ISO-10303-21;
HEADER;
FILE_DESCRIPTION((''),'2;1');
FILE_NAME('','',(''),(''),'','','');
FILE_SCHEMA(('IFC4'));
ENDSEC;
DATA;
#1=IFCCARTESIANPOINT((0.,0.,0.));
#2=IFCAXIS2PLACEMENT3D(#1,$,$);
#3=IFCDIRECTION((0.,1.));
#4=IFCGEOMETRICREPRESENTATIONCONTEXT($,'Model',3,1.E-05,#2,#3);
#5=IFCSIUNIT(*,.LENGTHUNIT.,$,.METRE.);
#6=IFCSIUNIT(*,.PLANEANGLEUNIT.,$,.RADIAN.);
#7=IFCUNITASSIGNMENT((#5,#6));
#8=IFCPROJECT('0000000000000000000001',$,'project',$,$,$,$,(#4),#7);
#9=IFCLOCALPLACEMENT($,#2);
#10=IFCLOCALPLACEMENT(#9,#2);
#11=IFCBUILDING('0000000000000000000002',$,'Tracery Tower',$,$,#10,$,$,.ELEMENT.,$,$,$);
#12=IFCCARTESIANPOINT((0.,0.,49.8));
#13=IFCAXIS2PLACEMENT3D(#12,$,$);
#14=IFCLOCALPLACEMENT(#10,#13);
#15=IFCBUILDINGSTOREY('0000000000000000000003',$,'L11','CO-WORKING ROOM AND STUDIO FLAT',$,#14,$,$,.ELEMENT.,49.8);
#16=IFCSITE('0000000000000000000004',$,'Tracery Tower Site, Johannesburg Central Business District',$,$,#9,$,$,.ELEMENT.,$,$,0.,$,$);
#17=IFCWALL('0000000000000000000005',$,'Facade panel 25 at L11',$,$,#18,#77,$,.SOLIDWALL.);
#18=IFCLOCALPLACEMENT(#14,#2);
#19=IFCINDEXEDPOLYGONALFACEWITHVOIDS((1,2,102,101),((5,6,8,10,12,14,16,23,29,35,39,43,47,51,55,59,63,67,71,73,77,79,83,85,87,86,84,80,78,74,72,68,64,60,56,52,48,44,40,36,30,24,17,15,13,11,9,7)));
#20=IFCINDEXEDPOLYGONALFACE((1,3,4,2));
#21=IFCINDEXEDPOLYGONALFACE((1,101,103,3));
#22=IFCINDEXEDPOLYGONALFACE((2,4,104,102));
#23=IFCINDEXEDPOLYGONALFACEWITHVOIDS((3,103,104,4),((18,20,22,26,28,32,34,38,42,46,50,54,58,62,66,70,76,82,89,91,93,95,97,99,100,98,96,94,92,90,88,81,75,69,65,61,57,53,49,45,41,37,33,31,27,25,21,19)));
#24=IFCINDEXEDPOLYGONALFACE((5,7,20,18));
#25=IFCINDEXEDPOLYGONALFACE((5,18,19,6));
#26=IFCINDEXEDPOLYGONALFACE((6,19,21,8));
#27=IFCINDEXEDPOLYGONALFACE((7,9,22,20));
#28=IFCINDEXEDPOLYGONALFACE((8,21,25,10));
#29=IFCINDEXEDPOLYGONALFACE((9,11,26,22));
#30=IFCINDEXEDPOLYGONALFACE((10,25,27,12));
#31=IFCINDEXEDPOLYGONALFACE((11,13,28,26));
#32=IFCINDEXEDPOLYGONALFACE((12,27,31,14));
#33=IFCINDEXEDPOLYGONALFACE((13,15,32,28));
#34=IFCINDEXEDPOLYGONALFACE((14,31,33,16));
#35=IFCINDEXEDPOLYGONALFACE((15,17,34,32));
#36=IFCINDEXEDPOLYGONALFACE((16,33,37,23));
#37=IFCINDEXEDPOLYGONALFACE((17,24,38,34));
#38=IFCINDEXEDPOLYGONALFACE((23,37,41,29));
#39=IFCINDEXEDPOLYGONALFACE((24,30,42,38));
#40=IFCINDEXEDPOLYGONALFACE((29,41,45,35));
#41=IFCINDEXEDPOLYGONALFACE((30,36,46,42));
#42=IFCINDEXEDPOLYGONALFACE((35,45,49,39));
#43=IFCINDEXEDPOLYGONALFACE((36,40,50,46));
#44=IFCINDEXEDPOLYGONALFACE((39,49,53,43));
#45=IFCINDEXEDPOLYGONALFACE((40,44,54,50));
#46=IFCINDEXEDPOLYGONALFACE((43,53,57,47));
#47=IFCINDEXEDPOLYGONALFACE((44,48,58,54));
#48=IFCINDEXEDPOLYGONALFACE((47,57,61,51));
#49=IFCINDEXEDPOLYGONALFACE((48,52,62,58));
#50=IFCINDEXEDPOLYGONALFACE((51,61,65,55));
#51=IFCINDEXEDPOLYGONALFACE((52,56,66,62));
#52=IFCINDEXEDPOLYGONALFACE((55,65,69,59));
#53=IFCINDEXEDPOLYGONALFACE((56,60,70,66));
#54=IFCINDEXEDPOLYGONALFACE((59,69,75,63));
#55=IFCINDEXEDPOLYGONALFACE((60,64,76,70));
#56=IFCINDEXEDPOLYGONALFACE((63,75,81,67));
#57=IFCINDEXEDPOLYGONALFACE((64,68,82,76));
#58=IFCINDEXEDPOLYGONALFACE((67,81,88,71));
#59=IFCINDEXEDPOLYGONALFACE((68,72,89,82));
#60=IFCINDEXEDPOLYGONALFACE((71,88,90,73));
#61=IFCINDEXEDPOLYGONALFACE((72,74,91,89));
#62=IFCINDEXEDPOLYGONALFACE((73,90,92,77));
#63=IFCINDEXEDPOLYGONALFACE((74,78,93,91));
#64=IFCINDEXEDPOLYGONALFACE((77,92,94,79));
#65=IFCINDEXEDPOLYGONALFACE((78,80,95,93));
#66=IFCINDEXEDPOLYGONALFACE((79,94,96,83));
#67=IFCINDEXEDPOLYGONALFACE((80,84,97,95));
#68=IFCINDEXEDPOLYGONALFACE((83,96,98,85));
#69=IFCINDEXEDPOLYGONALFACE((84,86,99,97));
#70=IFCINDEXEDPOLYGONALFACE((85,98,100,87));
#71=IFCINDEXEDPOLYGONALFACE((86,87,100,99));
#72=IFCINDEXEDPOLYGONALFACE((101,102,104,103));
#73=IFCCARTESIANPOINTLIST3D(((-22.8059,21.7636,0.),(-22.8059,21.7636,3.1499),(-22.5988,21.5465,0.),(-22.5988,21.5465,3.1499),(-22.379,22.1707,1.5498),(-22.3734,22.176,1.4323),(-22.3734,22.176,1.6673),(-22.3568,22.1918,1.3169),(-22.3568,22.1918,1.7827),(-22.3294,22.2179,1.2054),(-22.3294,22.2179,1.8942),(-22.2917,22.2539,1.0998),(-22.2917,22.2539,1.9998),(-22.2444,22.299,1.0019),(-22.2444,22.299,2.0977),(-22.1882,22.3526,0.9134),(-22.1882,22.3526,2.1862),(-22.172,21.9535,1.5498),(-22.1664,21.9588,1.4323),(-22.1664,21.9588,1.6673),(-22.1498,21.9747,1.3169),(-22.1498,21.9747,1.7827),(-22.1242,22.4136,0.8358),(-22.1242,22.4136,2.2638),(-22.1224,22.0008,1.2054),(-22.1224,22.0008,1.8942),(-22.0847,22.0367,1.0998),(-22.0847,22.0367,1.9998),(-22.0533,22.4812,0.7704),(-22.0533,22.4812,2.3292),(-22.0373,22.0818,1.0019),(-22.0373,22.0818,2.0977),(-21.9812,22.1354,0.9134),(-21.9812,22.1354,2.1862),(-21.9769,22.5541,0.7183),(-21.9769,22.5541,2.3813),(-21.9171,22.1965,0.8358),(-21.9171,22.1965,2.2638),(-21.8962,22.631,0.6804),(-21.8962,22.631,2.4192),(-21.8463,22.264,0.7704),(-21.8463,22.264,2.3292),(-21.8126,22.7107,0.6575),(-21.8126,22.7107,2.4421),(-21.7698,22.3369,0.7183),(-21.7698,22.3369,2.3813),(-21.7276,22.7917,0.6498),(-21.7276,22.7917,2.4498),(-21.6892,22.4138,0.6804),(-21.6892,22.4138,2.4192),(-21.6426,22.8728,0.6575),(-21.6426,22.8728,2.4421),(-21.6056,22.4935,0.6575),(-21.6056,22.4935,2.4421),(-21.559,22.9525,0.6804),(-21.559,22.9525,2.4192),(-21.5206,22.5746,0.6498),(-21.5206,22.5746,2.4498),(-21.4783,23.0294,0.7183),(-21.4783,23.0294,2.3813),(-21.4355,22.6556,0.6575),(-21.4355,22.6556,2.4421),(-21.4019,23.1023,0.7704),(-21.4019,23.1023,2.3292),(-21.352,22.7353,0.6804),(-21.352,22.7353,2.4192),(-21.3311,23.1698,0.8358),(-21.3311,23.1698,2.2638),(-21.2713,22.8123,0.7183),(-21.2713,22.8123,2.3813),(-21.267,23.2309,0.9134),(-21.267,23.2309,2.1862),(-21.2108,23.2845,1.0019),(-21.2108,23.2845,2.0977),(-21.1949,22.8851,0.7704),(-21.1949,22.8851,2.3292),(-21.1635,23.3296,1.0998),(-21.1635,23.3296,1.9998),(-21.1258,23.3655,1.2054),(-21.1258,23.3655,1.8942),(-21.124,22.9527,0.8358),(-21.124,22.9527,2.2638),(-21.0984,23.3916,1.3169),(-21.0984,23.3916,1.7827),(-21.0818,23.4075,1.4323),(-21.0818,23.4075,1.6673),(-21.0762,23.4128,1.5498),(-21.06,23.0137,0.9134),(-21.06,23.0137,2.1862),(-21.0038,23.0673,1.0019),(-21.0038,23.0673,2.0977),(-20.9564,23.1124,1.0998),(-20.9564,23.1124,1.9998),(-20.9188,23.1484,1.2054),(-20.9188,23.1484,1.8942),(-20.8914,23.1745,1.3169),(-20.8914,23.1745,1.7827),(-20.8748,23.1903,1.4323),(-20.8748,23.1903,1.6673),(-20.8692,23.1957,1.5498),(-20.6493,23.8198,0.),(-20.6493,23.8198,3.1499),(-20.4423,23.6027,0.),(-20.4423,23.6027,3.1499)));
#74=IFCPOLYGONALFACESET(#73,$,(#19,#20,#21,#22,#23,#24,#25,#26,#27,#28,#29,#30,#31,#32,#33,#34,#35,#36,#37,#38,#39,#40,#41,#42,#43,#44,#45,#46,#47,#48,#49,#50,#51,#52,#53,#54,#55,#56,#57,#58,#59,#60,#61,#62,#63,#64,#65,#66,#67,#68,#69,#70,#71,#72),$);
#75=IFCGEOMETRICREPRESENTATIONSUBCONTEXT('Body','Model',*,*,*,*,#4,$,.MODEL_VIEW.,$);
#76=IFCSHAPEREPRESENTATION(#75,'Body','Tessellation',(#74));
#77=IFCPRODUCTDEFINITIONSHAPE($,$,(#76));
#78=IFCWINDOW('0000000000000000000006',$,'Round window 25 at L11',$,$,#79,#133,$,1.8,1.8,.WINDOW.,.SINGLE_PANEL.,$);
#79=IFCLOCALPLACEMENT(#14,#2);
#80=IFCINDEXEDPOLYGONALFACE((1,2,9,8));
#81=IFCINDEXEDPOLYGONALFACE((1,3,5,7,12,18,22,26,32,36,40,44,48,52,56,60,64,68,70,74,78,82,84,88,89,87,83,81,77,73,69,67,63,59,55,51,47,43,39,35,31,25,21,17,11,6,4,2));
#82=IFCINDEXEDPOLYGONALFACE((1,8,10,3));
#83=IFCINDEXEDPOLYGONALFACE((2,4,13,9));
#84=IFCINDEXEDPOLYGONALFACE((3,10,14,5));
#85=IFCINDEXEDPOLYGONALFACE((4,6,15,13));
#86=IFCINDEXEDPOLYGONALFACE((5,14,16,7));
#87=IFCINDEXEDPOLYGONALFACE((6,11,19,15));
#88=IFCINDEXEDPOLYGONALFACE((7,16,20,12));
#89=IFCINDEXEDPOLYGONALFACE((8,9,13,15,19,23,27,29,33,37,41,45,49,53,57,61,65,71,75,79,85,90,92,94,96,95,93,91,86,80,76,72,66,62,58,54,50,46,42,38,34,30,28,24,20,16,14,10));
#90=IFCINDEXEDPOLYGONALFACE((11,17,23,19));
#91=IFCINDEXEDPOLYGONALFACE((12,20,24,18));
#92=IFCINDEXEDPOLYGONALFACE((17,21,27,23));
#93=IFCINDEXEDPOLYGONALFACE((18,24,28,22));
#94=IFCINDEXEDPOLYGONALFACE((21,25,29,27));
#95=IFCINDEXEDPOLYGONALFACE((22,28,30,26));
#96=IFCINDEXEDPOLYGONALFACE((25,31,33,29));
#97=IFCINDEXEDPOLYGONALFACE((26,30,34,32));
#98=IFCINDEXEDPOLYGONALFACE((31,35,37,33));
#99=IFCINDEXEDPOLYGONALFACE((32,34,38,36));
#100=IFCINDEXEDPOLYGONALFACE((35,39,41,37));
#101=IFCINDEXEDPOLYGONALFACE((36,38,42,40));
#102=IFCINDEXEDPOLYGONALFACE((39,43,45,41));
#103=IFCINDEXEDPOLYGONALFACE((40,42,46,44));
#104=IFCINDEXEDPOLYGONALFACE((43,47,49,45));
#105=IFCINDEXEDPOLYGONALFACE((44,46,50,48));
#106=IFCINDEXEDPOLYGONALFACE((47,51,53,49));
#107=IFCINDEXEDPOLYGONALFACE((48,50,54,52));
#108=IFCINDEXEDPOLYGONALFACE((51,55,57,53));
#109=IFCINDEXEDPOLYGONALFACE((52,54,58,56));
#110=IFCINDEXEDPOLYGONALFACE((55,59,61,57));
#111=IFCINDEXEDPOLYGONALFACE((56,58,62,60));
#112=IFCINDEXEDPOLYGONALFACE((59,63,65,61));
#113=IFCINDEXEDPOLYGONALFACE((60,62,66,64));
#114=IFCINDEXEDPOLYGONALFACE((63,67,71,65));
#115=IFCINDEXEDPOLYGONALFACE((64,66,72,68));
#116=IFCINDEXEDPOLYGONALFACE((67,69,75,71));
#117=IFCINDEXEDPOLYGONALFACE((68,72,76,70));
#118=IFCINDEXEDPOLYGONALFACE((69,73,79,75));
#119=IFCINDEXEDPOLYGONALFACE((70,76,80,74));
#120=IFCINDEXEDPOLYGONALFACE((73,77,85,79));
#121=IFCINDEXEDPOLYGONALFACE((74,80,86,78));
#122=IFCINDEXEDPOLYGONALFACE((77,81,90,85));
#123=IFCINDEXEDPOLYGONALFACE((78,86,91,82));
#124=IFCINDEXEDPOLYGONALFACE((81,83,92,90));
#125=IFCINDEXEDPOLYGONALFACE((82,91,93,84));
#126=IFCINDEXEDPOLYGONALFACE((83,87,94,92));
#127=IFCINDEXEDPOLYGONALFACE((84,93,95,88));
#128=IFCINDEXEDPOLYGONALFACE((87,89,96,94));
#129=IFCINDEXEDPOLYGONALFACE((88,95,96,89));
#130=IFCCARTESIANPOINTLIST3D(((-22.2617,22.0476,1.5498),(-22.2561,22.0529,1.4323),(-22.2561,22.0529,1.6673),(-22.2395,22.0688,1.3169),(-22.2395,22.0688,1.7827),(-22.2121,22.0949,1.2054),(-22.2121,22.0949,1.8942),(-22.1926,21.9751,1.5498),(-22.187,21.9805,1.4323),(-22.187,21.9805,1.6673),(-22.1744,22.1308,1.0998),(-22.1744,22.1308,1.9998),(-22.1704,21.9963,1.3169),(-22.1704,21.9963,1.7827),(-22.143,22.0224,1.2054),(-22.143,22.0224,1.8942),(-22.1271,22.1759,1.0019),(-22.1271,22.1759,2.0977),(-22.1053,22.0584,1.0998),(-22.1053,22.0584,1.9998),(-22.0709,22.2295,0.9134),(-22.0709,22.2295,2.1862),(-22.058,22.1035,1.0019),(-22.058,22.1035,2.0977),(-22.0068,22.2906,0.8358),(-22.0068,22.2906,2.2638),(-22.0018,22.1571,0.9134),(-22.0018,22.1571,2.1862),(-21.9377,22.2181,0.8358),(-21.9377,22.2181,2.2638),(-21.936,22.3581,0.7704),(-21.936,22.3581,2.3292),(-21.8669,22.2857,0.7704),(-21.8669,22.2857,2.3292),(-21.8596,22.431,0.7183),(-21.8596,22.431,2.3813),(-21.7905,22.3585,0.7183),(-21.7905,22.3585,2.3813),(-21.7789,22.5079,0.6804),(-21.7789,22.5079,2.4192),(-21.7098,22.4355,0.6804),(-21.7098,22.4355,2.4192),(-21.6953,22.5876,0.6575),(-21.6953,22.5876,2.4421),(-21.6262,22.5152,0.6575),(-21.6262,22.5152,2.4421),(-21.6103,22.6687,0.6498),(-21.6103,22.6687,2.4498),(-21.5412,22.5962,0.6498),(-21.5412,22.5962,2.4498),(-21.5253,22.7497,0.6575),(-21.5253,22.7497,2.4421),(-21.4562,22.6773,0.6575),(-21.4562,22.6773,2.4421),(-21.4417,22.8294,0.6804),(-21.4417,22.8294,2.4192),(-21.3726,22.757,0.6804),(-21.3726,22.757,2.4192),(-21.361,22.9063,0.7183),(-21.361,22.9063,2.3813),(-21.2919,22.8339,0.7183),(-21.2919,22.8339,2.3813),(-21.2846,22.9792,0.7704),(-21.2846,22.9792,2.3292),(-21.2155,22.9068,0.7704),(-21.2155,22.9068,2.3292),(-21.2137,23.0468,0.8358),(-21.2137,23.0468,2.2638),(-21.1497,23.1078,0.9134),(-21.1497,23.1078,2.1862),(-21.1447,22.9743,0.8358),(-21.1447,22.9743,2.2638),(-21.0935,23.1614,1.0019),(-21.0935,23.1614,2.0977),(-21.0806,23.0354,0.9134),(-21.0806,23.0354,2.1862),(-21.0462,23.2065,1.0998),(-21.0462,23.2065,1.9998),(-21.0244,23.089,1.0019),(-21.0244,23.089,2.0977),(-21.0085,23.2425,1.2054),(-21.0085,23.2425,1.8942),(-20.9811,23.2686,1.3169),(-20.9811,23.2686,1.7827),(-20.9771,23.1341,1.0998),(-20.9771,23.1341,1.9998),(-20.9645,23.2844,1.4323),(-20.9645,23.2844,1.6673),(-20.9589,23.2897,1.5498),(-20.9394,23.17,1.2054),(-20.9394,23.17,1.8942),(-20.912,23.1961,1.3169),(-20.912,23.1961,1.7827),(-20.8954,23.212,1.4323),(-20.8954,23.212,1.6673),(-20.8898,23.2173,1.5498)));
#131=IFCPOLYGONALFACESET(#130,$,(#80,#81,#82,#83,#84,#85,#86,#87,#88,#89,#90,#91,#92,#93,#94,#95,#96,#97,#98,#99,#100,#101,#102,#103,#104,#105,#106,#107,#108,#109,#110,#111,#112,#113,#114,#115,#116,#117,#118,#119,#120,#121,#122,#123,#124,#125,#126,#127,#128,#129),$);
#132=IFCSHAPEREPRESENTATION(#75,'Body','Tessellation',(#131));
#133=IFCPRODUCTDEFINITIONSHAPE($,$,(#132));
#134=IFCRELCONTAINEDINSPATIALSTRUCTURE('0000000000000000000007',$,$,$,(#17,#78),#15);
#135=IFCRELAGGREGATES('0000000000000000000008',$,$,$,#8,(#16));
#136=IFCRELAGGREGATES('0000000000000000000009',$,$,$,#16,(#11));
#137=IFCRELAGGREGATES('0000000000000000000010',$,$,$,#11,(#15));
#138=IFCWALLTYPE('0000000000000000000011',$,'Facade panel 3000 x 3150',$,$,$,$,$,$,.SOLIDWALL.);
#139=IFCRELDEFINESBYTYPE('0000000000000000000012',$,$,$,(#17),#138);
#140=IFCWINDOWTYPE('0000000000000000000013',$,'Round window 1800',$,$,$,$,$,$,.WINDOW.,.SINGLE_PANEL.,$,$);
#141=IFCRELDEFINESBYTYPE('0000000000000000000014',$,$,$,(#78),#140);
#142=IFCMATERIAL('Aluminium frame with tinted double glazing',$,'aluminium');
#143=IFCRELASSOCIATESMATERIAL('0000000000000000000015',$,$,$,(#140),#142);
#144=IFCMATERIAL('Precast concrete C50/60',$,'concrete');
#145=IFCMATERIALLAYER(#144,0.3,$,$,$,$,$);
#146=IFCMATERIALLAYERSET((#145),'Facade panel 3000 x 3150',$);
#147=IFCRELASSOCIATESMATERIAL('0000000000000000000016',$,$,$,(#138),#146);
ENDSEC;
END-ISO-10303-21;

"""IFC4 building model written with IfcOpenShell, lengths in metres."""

from ifc_helpers import new_model, si_unit, direction, frame, frame_2d, origin, origin_2d, place, context, subcontext, project, spatial, rectangle, circle, extrude, material, layer, layer_set, type_object, element, fill, save


model = new_model("IFC4")

# Units and contexts
model_context = context("Model", 3, precision=1e-05, world=origin(), true_north=direction((0.0, 1.0)))
body_context = subcontext(model_context, "Body", "Model", "MODEL_VIEW")
ifc_project = project(units=[si_unit("LENGTHUNIT", "METRE"), si_unit("PLANEANGLEUNIT", "RADIAN")], contexts=[model_context])

# Site, building, storey
site_placement = place(None, origin())
site = spatial("IfcSite", under=ifc_project, at=site_placement, Name="Tracery Tower Site, Johannesburg Central Business District", CompositionType="ELEMENT", RefElevation=0.0)
building_placement = place(site_placement, origin())
building = spatial("IfcBuilding", under=site, at=building_placement, Name="Tracery Tower", CompositionType="ELEMENT")
storey_placement = place(building_placement, frame((0.0, 0.0, 49.8)))
storey = spatial("IfcBuildingStorey", under=building, at=storey_placement, Name="L11", Description="CO-WORKING ROOM AND STUDIO FLAT", CompositionType="ELEMENT", Elevation=49.8)

# Wall, opening, window
ifc_material_1 = material(Name="Aluminium frame with tinted double glazing", Category="aluminium")
window_type = type_object("IfcWindowType", Name="Round window 1800", PartitioningType="SINGLE_PANEL", PredefinedType="WINDOW", material=ifc_material_1)
ifc_material_2 = material(Name="Precast concrete C50/60", Category="concrete")
ifc_layer_1 = layer(ifc_material_2, 0.3)
ifc_layer_set_1 = layer_set([ifc_layer_1], Name="Facade panel 3000 x 3150")
wall_type_1 = type_object("IfcWallType", Name="Facade panel 3000 x 3150", PredefinedType="SOLIDWALL", material=ifc_layer_set_1)
wall_1_placement = place(storey_placement, frame((-20.5459, 23.7112, 0.0), z_axis=(0.0, 0.0, 1.0), x_axis=(-0.723744, -0.690068, 0.0)))
wall_1 = element("IfcWall", 1, at=wall_1_placement, inside=storey, type_object=wall_type_1, Name="Facade panel 25 at L11", PredefinedType="SOLIDWALL", context=body_context, shape_type="SweptSolid", body=[
    extrude(rectangle(XDim=2.9797, YDim=0.3, at=frame_2d((1.4897, 0.0))), origin(), (0.0, 0.0, 1.0), 3.1499),
])
opening_1_placement = place(wall_1_placement, frame((1.4897, 0.0, 1.5498)))
opening_1 = element("IfcOpeningElement", 2, at=opening_1_placement, cuts=wall_1, PredefinedType="OPENING", context=body_context, shape_type="SweptSolid", body=[
    extrude(circle(Radius=0.9, at=origin_2d()), frame((0.0, 0.1599, 0.0), z_axis=(0.0, -1.0, 0.0), x_axis=(1.0, 0.0, 0.0)), (0.0, 0.0, 1.0), 0.3201),
])
window_1_placement = place(opening_1_placement, origin())
window_1 = element("IfcWindow", 3, at=window_1_placement, inside=storey, type_object=window_type, Name="Round window 25 at L11", OverallHeight=1.8, OverallWidth=1.8, PartitioningType="SINGLE_PANEL", PredefinedType="WINDOW", context=body_context, shape_type="SweptSolid", body=[
    extrude(circle(Radius=0.9, at=origin_2d()), frame((0.0, 0.1201, 0.0), z_axis=(0.0, -1.0, 0.0), x_axis=(1.0, 0.0, 0.0)), (0.0, 0.0, 1.0), 0.1001),
])
fill(opening_1, window_1)

save(model, "model.ifc")
